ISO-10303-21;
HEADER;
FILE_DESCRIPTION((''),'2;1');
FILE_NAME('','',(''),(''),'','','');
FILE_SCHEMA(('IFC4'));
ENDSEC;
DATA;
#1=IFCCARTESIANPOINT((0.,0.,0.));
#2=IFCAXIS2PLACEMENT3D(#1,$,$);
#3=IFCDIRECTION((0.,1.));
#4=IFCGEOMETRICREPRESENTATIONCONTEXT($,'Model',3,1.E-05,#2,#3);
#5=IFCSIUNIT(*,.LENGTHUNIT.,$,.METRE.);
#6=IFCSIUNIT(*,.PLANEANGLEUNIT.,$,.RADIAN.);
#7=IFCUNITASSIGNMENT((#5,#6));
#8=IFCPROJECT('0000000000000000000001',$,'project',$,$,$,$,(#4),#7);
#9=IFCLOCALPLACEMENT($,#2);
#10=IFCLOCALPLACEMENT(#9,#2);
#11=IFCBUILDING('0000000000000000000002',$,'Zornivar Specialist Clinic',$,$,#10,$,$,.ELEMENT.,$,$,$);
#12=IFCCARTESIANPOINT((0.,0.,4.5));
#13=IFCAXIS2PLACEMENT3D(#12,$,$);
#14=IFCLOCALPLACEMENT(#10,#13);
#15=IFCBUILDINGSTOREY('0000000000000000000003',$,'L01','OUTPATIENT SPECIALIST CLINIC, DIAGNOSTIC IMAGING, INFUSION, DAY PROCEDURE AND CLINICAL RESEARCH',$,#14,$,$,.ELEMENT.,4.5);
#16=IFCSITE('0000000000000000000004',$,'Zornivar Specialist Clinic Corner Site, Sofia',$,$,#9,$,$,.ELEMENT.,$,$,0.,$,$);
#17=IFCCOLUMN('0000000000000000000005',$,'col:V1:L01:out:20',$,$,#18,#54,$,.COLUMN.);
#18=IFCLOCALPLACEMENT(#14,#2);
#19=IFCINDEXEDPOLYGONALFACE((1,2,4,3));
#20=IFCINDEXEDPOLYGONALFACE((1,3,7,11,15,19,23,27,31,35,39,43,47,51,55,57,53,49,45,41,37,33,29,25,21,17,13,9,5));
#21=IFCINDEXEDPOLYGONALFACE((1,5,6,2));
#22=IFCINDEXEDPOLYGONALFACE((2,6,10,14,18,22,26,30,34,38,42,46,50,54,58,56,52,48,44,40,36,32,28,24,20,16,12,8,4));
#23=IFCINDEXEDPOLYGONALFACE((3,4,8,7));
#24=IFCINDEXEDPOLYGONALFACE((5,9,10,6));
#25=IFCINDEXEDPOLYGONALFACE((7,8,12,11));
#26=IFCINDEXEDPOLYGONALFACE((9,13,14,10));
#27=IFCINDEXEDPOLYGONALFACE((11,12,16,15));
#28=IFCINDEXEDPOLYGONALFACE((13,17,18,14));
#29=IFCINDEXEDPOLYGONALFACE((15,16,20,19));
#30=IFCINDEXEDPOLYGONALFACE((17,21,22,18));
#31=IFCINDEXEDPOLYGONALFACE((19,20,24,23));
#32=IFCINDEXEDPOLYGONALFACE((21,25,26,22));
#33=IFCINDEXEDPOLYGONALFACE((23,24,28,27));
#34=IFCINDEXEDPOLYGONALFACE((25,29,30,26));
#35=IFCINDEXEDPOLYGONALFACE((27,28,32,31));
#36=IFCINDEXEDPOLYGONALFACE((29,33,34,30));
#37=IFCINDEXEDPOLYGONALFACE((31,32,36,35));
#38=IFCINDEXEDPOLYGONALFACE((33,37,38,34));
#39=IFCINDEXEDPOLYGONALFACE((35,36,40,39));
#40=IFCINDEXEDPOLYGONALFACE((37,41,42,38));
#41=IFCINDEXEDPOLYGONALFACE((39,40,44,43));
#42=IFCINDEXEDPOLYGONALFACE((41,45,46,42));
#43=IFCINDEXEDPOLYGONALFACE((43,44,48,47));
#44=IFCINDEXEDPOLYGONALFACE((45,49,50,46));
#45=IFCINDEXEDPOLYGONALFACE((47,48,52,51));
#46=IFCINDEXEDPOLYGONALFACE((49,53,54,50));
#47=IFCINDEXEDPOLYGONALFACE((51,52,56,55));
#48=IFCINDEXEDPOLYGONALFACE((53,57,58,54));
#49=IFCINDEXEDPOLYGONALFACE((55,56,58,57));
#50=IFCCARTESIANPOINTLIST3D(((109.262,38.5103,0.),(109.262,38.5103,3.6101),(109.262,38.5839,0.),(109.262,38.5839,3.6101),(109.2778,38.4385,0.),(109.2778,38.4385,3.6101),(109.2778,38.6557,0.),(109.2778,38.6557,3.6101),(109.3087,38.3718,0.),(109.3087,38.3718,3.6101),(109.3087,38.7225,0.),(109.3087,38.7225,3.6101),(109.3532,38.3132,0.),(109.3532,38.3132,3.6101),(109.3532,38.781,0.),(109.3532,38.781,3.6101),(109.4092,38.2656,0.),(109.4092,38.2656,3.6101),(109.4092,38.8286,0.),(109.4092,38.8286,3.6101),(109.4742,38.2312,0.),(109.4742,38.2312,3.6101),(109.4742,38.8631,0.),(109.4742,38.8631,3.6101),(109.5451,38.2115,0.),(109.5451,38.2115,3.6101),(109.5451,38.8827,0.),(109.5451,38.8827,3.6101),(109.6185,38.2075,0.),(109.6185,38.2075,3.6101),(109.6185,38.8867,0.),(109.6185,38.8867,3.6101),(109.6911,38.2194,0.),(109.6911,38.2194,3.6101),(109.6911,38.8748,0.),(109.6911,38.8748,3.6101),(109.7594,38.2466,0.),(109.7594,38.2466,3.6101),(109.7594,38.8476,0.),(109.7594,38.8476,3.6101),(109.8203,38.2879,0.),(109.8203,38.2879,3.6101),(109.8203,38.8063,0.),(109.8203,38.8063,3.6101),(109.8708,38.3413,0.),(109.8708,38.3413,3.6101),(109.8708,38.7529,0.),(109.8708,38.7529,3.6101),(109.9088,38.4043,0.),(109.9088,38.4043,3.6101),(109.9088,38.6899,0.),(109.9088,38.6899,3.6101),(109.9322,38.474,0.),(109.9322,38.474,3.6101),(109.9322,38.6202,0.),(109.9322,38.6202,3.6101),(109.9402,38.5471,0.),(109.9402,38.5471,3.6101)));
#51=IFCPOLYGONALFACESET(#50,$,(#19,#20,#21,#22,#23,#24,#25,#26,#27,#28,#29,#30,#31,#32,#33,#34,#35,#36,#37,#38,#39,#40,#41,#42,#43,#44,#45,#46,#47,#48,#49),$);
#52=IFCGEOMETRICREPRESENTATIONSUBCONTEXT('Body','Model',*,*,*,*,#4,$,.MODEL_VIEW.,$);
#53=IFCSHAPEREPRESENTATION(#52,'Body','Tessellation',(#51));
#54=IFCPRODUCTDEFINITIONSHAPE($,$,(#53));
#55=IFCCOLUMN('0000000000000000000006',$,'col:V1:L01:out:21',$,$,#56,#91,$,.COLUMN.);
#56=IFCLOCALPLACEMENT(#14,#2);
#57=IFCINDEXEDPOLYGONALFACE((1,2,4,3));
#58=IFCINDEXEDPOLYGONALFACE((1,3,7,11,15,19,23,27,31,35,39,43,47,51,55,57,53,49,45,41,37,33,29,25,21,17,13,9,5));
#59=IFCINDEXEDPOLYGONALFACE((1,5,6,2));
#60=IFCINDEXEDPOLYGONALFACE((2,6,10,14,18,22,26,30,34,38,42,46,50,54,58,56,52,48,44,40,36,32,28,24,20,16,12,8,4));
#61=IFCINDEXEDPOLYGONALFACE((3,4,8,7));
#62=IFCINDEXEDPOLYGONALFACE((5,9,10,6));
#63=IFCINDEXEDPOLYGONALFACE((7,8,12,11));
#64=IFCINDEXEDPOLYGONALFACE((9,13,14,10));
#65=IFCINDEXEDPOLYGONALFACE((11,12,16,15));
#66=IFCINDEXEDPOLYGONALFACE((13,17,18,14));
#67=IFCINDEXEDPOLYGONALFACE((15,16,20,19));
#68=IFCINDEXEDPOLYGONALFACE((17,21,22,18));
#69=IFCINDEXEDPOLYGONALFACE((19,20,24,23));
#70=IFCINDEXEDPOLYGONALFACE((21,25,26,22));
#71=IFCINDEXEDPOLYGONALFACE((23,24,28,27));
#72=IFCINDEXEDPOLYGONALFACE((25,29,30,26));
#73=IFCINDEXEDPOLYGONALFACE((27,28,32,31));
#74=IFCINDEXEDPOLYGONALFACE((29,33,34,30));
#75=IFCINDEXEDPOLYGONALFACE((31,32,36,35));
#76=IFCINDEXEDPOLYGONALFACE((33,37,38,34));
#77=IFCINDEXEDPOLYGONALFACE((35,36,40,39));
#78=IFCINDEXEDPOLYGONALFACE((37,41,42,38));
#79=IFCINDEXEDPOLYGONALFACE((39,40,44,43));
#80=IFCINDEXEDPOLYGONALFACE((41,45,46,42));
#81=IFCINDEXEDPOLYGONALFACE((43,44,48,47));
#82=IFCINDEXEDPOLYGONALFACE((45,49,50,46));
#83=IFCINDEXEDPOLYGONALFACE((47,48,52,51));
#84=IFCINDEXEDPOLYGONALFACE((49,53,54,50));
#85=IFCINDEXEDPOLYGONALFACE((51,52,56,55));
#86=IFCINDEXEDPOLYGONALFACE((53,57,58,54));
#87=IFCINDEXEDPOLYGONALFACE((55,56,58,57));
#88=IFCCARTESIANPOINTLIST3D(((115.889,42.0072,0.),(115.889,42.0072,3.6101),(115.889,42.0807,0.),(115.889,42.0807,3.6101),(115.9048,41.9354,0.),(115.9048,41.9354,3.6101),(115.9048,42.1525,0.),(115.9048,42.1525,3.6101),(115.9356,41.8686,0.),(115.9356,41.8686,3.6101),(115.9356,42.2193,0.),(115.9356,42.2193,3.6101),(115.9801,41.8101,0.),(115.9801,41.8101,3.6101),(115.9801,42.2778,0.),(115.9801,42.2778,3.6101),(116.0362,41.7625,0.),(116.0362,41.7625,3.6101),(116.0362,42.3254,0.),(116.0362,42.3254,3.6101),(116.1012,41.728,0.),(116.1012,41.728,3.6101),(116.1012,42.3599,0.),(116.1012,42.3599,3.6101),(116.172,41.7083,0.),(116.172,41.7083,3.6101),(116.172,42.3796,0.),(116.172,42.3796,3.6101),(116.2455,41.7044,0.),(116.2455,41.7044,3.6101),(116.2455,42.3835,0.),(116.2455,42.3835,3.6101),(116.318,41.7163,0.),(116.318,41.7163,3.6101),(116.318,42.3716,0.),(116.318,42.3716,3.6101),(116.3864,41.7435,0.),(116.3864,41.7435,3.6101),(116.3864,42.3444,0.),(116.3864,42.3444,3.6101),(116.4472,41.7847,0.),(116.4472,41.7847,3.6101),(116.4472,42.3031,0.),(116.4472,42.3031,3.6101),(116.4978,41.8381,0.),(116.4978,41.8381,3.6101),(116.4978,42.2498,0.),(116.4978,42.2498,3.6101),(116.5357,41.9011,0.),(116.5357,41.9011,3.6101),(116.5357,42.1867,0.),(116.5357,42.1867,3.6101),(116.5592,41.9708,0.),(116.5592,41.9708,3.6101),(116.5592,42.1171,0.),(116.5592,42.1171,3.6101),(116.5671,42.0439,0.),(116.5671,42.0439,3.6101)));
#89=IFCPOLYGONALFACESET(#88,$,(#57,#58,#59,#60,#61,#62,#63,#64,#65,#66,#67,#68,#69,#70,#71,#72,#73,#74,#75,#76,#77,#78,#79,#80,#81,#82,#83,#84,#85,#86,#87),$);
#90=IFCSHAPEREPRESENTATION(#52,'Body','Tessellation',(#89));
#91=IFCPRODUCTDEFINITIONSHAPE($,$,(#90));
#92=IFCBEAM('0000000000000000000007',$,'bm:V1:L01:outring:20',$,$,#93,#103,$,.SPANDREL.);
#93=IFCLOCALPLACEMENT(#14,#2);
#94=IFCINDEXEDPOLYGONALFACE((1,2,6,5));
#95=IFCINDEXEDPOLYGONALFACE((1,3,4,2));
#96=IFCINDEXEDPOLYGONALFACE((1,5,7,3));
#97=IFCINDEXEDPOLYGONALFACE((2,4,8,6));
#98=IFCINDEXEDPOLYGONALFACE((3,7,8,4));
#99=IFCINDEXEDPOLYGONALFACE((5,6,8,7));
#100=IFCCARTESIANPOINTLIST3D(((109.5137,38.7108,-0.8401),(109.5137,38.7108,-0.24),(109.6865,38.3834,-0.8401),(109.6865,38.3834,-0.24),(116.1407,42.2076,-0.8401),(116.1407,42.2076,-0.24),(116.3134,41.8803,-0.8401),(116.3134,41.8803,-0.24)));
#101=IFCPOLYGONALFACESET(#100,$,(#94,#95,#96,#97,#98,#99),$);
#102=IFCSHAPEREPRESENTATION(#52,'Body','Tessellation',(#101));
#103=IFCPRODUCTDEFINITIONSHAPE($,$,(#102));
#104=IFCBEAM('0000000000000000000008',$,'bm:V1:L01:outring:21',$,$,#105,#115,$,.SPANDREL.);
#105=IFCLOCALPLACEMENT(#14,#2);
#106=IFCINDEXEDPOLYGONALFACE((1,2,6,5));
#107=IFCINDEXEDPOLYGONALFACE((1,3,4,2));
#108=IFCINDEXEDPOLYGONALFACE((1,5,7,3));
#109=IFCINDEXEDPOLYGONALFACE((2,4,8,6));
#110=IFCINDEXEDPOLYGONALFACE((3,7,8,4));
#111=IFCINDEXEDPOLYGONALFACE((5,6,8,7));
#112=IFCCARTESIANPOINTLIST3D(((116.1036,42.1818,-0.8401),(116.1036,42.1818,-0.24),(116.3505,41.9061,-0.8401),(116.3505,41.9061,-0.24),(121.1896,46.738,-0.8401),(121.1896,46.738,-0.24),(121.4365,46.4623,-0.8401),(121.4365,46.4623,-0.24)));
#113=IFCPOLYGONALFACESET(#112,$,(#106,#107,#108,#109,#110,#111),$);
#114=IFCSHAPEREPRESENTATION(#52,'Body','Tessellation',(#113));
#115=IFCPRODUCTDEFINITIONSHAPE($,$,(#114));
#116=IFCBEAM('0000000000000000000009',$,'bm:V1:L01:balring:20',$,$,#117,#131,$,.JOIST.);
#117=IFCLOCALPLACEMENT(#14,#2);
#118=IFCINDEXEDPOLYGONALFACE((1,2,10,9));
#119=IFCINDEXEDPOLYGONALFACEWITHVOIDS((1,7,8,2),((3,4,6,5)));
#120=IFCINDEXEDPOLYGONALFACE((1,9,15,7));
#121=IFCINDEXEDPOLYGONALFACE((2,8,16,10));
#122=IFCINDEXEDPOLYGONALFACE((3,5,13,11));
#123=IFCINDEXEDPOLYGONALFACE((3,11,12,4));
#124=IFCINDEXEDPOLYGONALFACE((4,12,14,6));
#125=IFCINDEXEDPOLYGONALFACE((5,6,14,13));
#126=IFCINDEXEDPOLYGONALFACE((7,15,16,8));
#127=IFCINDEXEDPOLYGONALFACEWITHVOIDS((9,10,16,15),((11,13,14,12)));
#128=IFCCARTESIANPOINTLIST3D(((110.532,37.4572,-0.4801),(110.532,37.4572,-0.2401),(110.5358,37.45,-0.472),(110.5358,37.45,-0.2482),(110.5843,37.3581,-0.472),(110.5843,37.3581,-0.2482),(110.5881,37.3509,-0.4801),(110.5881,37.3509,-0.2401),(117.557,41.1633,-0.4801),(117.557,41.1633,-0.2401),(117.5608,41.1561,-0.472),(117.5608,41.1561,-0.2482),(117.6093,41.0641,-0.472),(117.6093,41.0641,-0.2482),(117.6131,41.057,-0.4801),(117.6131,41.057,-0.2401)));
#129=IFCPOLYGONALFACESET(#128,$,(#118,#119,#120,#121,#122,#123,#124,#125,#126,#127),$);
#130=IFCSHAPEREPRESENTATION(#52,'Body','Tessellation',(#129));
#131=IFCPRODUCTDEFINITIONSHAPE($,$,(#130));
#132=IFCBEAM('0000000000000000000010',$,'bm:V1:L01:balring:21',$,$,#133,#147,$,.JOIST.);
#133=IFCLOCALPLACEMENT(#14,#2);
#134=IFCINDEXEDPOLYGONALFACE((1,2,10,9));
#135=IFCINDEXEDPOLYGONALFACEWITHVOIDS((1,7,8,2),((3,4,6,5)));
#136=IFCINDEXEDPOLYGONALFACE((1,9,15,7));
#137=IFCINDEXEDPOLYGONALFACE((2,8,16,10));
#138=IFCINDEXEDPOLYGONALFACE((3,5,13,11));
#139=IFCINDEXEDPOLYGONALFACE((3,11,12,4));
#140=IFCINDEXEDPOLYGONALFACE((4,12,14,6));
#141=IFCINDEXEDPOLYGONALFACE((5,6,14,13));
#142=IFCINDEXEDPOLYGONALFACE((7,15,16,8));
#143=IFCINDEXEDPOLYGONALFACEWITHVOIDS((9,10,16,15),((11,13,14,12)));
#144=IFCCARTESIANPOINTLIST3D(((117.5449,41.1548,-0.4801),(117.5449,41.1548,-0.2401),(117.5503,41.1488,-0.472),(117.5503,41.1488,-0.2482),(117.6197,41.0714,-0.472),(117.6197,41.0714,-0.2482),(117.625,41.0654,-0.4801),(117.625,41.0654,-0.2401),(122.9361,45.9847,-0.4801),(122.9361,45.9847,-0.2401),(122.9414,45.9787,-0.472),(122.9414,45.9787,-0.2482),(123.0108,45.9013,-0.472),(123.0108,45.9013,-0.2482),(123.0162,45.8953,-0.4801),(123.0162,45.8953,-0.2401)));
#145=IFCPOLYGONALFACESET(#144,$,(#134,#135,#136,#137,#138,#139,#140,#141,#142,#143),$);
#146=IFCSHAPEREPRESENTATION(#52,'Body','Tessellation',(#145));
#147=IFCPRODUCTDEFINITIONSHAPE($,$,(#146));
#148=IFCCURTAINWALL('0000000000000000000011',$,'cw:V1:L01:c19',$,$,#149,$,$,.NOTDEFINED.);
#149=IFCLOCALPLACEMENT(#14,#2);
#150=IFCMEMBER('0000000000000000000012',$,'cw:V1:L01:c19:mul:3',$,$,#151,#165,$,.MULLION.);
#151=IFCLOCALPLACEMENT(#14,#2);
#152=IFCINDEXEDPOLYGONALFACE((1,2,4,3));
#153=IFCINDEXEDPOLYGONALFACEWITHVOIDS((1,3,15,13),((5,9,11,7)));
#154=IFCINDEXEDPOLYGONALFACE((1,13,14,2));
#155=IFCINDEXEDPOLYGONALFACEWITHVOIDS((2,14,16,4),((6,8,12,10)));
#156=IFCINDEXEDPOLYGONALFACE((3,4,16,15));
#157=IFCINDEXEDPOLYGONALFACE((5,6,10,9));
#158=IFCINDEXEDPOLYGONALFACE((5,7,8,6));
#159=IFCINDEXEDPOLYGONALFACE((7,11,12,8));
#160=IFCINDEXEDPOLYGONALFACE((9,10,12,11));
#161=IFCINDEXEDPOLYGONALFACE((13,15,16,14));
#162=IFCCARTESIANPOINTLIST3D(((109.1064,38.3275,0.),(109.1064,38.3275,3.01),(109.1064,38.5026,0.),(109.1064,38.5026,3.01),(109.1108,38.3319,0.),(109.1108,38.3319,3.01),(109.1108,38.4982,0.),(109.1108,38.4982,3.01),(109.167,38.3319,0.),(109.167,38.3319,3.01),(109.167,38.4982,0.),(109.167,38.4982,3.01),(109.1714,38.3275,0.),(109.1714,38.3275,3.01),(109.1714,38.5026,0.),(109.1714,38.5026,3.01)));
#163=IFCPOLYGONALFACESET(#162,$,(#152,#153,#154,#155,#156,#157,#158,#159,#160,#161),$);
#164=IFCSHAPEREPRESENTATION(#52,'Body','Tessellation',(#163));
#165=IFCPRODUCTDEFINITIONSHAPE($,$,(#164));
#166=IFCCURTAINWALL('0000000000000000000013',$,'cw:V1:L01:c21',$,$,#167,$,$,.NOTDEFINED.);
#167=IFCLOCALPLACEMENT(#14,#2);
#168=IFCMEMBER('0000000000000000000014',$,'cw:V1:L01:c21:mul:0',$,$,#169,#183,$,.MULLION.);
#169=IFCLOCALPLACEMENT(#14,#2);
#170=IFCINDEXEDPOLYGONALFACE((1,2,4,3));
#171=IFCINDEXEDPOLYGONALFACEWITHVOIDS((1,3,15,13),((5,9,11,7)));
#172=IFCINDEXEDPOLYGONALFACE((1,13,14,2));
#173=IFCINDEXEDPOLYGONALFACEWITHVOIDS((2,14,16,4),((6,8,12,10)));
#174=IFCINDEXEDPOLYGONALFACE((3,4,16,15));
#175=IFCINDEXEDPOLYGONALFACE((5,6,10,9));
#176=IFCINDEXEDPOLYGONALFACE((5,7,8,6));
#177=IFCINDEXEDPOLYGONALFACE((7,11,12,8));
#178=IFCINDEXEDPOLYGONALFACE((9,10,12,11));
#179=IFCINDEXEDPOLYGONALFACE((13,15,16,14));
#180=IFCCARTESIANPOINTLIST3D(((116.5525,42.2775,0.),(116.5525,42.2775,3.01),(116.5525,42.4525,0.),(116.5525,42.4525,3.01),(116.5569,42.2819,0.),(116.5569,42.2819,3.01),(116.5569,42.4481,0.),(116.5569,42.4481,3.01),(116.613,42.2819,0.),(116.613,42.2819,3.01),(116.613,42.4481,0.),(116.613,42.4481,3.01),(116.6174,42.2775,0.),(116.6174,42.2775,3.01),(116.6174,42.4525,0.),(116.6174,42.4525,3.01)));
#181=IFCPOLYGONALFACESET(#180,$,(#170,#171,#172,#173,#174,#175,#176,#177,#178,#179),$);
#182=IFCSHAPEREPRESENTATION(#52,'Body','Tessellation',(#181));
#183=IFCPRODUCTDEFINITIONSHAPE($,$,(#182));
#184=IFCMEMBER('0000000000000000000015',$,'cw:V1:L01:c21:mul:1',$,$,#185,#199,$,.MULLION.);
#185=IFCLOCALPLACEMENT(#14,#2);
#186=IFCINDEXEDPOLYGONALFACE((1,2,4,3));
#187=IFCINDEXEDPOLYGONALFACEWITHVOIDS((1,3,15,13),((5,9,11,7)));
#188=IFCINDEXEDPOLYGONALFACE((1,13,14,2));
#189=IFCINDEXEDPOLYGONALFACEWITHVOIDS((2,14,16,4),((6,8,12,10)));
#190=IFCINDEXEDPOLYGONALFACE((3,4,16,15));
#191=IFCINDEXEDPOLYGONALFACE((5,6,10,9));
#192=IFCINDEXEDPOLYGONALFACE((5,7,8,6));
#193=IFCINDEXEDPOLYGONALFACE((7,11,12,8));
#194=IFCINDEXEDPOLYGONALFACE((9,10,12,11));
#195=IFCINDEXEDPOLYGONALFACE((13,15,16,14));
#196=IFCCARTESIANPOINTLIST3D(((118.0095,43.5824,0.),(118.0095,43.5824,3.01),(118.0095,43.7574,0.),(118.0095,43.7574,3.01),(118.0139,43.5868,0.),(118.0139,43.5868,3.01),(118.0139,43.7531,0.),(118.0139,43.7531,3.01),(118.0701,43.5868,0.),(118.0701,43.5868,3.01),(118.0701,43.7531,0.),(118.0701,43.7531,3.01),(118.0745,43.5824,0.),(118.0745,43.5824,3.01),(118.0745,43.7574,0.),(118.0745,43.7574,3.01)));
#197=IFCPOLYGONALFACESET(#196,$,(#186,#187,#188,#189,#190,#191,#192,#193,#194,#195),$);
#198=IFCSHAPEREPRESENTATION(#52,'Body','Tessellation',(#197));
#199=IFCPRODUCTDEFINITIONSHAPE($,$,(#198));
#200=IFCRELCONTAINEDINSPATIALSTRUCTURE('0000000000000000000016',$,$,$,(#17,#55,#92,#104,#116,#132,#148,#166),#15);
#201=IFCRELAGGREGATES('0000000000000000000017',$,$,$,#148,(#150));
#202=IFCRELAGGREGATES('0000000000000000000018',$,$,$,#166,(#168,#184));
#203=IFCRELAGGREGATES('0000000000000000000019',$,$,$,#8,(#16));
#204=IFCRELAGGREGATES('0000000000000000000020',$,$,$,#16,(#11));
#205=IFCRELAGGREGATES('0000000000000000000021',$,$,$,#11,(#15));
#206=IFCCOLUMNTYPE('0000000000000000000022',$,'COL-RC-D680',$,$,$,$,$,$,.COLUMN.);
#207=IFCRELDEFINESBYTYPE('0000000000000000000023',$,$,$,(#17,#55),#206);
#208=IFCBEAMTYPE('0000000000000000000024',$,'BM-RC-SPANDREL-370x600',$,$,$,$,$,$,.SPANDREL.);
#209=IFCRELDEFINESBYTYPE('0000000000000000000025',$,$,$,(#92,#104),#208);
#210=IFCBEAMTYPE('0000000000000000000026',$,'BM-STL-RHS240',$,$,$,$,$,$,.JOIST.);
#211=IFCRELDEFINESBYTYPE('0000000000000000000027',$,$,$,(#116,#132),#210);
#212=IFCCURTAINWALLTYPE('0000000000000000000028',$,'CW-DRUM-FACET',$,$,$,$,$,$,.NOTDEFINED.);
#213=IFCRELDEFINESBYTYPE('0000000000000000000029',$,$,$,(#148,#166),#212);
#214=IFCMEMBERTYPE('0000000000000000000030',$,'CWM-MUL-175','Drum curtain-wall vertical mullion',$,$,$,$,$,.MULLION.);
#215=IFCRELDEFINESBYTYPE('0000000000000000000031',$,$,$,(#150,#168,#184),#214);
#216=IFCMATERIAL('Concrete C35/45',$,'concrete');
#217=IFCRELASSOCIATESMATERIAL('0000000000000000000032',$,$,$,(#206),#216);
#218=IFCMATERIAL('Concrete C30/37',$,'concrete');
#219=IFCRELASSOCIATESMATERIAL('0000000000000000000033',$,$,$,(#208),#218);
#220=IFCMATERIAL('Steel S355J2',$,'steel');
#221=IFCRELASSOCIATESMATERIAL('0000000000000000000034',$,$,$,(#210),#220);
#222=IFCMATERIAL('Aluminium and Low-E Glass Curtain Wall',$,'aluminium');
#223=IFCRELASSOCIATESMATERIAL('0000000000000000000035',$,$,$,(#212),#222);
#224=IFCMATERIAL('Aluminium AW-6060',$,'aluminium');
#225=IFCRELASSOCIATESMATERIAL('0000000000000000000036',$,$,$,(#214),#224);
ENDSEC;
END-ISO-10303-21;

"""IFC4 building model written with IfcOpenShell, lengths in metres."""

from ifc_helpers import new_model, si_unit, direction, frame, origin, origin_2d, place, context, subcontext, project, spatial, rectangle, hollow_rectangle, circle, extrude, material, material_profile, profile_set, type_object, element, aggregate, save


model = new_model("IFC4")

# Units and contexts
model_context = context("Model", 3, precision=1e-05, world=origin(), true_north=direction((0.0, 1.0)))
body_context = subcontext(model_context, "Body", "Model", "MODEL_VIEW")
ifc_project = project(units=[si_unit("LENGTHUNIT", "METRE"), si_unit("PLANEANGLEUNIT", "RADIAN")], contexts=[model_context])

# Site, building, storey
site_placement = place(None, origin())
site = spatial("IfcSite", under=ifc_project, at=site_placement, Name="Zornivar Specialist Clinic Corner Site, Sofia", CompositionType="ELEMENT", RefElevation=0.0)
building_placement = place(site_placement, origin())
building = spatial("IfcBuilding", under=site, at=building_placement, Name="Zornivar Specialist Clinic", CompositionType="ELEMENT")
storey_placement = place(building_placement, frame((0.0, 0.0, 4.5)))
storey = spatial("IfcBuildingStorey", under=building, at=storey_placement, Name="L01", Description="OUTPATIENT SPECIALIST CLINIC, DIAGNOSTIC IMAGING, INFUSION, DAY PROCEDURE AND CLINICAL RESEARCH", CompositionType="ELEMENT", Elevation=4.5)

# Columns
ifc_material_1 = material(Name="Concrete C35/45", Category="concrete")
ifc_material_profile_1 = material_profile(ifc_material_1, circle(Radius=0.3401, at=origin_2d()), Name="RC D680")
ifc_profile_set_1 = profile_set([ifc_material_profile_1], Name="Concrete C35/45")
column_type = type_object("IfcColumnType", Name="COL-RC-D680", PredefinedType="COLUMN", material=ifc_profile_set_1)
for number, where, z_axis, x_axis, name in (
    (1, (109.6001, 38.5471, 0.0), (0.0, 0.0, 1.0), (1.0, 0.0, 0.0), "col:V1:L01:out:20"),
    (2, (116.2271, 42.0439, 0.0), (0.0, 0.0, 1.0), (1.0, 0.0, 0.0), "col:V1:L01:out:21"),
):
    element("IfcColumn", number, at=place(storey_placement, frame(where, z_axis=z_axis, x_axis=x_axis)), inside=storey, type_object=column_type, Name=name, PredefinedType="COLUMN", context=body_context, shape_type="SweptSolid", body=[
        extrude(circle(Radius=0.3401, at=origin_2d()), origin(), (0.0, 0.0, 1.0), 3.6101),
    ])

# Beams
ifc_material_2 = material(Name="Concrete C30/37", Category="concrete")
ifc_material_profile_2 = material_profile(ifc_material_2, rectangle(XDim=0.3701, YDim=0.6001, at=origin_2d()), Name="RC 370x600")
ifc_profile_set_2 = profile_set([ifc_material_profile_2], Name="Concrete C30/37")
beam_type_1 = type_object("IfcBeamType", Name="BM-RC-SPANDREL-370x600", PredefinedType="SPANDREL", material=ifc_profile_set_2)
beam_1_placement = place(storey_placement, frame((109.6001, 38.5471, -0.54), z_axis=(0.884425, 0.466682, 0.0), x_axis=(-0.466682, 0.884425, 0.0)))
element("IfcBeam", 3, at=beam_1_placement, inside=storey, type_object=beam_type_1, Name="bm:V1:L01:outring:20", PredefinedType="SPANDREL", context=body_context, shape_type="SweptSolid", body=[
    extrude(rectangle(XDim=0.3701, YDim=0.6001, at=origin_2d()), origin(), (0.0, 0.0, 1.0), 7.4929),
])
beam_2_placement = place(storey_placement, frame((116.2271, 42.0439, -0.54), z_axis=(0.744835, 0.667248, 0.0), x_axis=(-0.667248, 0.744835, 0.0)))
element("IfcBeam", 4, at=beam_2_placement, inside=storey, type_object=beam_type_1, Name="bm:V1:L01:outring:21", PredefinedType="SPANDREL", context=body_context, shape_type="SweptSolid", body=[
    extrude(rectangle(XDim=0.3701, YDim=0.6001, at=origin_2d()), origin(), (0.0, 0.0, 1.0), 6.8284),
])
ifc_material_3 = material(Name="Steel S355J2", Category="steel")
ifc_material_profile_3 = material_profile(ifc_material_3, hollow_rectangle(XDim=0.1201, YDim=0.24, WallThickness=0.0081, at=origin_2d()), Name="RHS 240x120x8")
ifc_profile_set_3 = profile_set([ifc_material_profile_3], Name="Steel S355J2")
beam_type_2 = type_object("IfcBeamType", Name="BM-STL-RHS240", PredefinedType="JOIST", material=ifc_profile_set_3)
beam_3_placement = place(storey_placement, frame((110.5601, 37.4041, -0.3601), z_axis=(0.884464, 0.466608, 0.0), x_axis=(-0.466608, 0.884464, 0.0)))
element("IfcBeam", 5, at=beam_3_placement, inside=storey, type_object=beam_type_2, Name="bm:V1:L01:balring:20", PredefinedType="JOIST", context=body_context, shape_type="SweptSolid", body=[
    extrude(hollow_rectangle(XDim=0.1201, YDim=0.24, WallThickness=0.0081, at=origin_2d()), origin(), (0.0, 0.0, 1.0), 7.9426),
])
beam_4_placement = place(storey_placement, frame((117.585, 41.1101, -0.3601), z_axis=(0.744815, 0.667271, 0.0), x_axis=(-0.667271, 0.744815, 0.0)))
element("IfcBeam", 6, at=beam_4_placement, inside=storey, type_object=beam_type_2, Name="bm:V1:L01:balring:21", PredefinedType="JOIST", context=body_context, shape_type="SweptSolid", body=[
    extrude(hollow_rectangle(XDim=0.1201, YDim=0.24, WallThickness=0.0081, at=origin_2d()), origin(), (0.0, 0.0, 1.0), 7.2383),
])

# Curtain wall, member
ifc_material_4 = material(Name="Aluminium and Low-E Glass Curtain Wall", Category="aluminium")
curtain_wall_type = type_object("IfcCurtainWallType", Name="CW-DRUM-FACET", PredefinedType="NOTDEFINED", material=ifc_material_4)
curtain_wall_1_placement = place(storey_placement, origin())
curtain_wall_1 = element("IfcCurtainWall", 7, at=curtain_wall_1_placement, inside=storey, type_object=curtain_wall_type, Name="cw:V1:L01:c19", PredefinedType="NOTDEFINED")
ifc_material_5 = material(Name="Aluminium AW-6060", Category="aluminium")
ifc_material_profile_4 = material_profile(ifc_material_5, hollow_rectangle(XDim=0.0649, YDim=0.175, WallThickness=0.0044, at=origin_2d()), Name="ALU 65x175x4.5")
ifc_profile_set_4 = profile_set([ifc_material_profile_4], Name="Aluminium AW-6060")
member_type_1 = type_object("IfcMemberType", Name="CWM-MUL-175", Description="Drum curtain-wall vertical mullion", PredefinedType="MULLION", material=ifc_profile_set_4)
member_1_placement = place(storey_placement, frame((109.1389, 38.415, 0.0), z_axis=(0.0, 0.0, 1.0), x_axis=(1.0, 0.0, 0.0)))
member_1 = element("IfcMember", 8, at=member_1_placement, type_object=member_type_1, Name="cw:V1:L01:c19:mul:3", PredefinedType="MULLION", context=body_context, shape_type="SweptSolid", body=[
    extrude(hollow_rectangle(XDim=0.0649, YDim=0.175, WallThickness=0.0044, at=origin_2d()), origin(), (0.0, 0.0, 1.0), 3.01),
])

# Curtain wall, members
curtain_wall_2_placement = place(storey_placement, origin())
curtain_wall_2 = element("IfcCurtainWall", 9, at=curtain_wall_2_placement, inside=storey, type_object=curtain_wall_type, Name="cw:V1:L01:c21", PredefinedType="NOTDEFINED")
member_2_placement = place(storey_placement, frame((116.585, 42.365, 0.0), z_axis=(0.0, 0.0, 1.0), x_axis=(1.0, 0.0, 0.0)))
member_2 = element("IfcMember", 10, at=member_2_placement, type_object=member_type_1, Name="cw:V1:L01:c21:mul:0", PredefinedType="MULLION", context=body_context, shape_type="SweptSolid", body=[
    extrude(hollow_rectangle(XDim=0.0649, YDim=0.175, WallThickness=0.0044, at=origin_2d()), origin(), (0.0, 0.0, 1.0), 3.01),
])
member_3_placement = place(storey_placement, frame((118.042, 43.6699, 0.0), z_axis=(0.0, 0.0, 1.0), x_axis=(1.0, 0.0, 0.0)))
member_3 = element("IfcMember", 11, at=member_3_placement, type_object=member_type_1, Name="cw:V1:L01:c21:mul:1", PredefinedType="MULLION", context=body_context, shape_type="SweptSolid", body=[
    extrude(hollow_rectangle(XDim=0.0649, YDim=0.175, WallThickness=0.0044, at=origin_2d()), origin(), (0.0, 0.0, 1.0), 3.01),
])

aggregate(curtain_wall_1, [member_1])
aggregate(curtain_wall_2, [member_2, member_3])

save(model, "model.ifc")
